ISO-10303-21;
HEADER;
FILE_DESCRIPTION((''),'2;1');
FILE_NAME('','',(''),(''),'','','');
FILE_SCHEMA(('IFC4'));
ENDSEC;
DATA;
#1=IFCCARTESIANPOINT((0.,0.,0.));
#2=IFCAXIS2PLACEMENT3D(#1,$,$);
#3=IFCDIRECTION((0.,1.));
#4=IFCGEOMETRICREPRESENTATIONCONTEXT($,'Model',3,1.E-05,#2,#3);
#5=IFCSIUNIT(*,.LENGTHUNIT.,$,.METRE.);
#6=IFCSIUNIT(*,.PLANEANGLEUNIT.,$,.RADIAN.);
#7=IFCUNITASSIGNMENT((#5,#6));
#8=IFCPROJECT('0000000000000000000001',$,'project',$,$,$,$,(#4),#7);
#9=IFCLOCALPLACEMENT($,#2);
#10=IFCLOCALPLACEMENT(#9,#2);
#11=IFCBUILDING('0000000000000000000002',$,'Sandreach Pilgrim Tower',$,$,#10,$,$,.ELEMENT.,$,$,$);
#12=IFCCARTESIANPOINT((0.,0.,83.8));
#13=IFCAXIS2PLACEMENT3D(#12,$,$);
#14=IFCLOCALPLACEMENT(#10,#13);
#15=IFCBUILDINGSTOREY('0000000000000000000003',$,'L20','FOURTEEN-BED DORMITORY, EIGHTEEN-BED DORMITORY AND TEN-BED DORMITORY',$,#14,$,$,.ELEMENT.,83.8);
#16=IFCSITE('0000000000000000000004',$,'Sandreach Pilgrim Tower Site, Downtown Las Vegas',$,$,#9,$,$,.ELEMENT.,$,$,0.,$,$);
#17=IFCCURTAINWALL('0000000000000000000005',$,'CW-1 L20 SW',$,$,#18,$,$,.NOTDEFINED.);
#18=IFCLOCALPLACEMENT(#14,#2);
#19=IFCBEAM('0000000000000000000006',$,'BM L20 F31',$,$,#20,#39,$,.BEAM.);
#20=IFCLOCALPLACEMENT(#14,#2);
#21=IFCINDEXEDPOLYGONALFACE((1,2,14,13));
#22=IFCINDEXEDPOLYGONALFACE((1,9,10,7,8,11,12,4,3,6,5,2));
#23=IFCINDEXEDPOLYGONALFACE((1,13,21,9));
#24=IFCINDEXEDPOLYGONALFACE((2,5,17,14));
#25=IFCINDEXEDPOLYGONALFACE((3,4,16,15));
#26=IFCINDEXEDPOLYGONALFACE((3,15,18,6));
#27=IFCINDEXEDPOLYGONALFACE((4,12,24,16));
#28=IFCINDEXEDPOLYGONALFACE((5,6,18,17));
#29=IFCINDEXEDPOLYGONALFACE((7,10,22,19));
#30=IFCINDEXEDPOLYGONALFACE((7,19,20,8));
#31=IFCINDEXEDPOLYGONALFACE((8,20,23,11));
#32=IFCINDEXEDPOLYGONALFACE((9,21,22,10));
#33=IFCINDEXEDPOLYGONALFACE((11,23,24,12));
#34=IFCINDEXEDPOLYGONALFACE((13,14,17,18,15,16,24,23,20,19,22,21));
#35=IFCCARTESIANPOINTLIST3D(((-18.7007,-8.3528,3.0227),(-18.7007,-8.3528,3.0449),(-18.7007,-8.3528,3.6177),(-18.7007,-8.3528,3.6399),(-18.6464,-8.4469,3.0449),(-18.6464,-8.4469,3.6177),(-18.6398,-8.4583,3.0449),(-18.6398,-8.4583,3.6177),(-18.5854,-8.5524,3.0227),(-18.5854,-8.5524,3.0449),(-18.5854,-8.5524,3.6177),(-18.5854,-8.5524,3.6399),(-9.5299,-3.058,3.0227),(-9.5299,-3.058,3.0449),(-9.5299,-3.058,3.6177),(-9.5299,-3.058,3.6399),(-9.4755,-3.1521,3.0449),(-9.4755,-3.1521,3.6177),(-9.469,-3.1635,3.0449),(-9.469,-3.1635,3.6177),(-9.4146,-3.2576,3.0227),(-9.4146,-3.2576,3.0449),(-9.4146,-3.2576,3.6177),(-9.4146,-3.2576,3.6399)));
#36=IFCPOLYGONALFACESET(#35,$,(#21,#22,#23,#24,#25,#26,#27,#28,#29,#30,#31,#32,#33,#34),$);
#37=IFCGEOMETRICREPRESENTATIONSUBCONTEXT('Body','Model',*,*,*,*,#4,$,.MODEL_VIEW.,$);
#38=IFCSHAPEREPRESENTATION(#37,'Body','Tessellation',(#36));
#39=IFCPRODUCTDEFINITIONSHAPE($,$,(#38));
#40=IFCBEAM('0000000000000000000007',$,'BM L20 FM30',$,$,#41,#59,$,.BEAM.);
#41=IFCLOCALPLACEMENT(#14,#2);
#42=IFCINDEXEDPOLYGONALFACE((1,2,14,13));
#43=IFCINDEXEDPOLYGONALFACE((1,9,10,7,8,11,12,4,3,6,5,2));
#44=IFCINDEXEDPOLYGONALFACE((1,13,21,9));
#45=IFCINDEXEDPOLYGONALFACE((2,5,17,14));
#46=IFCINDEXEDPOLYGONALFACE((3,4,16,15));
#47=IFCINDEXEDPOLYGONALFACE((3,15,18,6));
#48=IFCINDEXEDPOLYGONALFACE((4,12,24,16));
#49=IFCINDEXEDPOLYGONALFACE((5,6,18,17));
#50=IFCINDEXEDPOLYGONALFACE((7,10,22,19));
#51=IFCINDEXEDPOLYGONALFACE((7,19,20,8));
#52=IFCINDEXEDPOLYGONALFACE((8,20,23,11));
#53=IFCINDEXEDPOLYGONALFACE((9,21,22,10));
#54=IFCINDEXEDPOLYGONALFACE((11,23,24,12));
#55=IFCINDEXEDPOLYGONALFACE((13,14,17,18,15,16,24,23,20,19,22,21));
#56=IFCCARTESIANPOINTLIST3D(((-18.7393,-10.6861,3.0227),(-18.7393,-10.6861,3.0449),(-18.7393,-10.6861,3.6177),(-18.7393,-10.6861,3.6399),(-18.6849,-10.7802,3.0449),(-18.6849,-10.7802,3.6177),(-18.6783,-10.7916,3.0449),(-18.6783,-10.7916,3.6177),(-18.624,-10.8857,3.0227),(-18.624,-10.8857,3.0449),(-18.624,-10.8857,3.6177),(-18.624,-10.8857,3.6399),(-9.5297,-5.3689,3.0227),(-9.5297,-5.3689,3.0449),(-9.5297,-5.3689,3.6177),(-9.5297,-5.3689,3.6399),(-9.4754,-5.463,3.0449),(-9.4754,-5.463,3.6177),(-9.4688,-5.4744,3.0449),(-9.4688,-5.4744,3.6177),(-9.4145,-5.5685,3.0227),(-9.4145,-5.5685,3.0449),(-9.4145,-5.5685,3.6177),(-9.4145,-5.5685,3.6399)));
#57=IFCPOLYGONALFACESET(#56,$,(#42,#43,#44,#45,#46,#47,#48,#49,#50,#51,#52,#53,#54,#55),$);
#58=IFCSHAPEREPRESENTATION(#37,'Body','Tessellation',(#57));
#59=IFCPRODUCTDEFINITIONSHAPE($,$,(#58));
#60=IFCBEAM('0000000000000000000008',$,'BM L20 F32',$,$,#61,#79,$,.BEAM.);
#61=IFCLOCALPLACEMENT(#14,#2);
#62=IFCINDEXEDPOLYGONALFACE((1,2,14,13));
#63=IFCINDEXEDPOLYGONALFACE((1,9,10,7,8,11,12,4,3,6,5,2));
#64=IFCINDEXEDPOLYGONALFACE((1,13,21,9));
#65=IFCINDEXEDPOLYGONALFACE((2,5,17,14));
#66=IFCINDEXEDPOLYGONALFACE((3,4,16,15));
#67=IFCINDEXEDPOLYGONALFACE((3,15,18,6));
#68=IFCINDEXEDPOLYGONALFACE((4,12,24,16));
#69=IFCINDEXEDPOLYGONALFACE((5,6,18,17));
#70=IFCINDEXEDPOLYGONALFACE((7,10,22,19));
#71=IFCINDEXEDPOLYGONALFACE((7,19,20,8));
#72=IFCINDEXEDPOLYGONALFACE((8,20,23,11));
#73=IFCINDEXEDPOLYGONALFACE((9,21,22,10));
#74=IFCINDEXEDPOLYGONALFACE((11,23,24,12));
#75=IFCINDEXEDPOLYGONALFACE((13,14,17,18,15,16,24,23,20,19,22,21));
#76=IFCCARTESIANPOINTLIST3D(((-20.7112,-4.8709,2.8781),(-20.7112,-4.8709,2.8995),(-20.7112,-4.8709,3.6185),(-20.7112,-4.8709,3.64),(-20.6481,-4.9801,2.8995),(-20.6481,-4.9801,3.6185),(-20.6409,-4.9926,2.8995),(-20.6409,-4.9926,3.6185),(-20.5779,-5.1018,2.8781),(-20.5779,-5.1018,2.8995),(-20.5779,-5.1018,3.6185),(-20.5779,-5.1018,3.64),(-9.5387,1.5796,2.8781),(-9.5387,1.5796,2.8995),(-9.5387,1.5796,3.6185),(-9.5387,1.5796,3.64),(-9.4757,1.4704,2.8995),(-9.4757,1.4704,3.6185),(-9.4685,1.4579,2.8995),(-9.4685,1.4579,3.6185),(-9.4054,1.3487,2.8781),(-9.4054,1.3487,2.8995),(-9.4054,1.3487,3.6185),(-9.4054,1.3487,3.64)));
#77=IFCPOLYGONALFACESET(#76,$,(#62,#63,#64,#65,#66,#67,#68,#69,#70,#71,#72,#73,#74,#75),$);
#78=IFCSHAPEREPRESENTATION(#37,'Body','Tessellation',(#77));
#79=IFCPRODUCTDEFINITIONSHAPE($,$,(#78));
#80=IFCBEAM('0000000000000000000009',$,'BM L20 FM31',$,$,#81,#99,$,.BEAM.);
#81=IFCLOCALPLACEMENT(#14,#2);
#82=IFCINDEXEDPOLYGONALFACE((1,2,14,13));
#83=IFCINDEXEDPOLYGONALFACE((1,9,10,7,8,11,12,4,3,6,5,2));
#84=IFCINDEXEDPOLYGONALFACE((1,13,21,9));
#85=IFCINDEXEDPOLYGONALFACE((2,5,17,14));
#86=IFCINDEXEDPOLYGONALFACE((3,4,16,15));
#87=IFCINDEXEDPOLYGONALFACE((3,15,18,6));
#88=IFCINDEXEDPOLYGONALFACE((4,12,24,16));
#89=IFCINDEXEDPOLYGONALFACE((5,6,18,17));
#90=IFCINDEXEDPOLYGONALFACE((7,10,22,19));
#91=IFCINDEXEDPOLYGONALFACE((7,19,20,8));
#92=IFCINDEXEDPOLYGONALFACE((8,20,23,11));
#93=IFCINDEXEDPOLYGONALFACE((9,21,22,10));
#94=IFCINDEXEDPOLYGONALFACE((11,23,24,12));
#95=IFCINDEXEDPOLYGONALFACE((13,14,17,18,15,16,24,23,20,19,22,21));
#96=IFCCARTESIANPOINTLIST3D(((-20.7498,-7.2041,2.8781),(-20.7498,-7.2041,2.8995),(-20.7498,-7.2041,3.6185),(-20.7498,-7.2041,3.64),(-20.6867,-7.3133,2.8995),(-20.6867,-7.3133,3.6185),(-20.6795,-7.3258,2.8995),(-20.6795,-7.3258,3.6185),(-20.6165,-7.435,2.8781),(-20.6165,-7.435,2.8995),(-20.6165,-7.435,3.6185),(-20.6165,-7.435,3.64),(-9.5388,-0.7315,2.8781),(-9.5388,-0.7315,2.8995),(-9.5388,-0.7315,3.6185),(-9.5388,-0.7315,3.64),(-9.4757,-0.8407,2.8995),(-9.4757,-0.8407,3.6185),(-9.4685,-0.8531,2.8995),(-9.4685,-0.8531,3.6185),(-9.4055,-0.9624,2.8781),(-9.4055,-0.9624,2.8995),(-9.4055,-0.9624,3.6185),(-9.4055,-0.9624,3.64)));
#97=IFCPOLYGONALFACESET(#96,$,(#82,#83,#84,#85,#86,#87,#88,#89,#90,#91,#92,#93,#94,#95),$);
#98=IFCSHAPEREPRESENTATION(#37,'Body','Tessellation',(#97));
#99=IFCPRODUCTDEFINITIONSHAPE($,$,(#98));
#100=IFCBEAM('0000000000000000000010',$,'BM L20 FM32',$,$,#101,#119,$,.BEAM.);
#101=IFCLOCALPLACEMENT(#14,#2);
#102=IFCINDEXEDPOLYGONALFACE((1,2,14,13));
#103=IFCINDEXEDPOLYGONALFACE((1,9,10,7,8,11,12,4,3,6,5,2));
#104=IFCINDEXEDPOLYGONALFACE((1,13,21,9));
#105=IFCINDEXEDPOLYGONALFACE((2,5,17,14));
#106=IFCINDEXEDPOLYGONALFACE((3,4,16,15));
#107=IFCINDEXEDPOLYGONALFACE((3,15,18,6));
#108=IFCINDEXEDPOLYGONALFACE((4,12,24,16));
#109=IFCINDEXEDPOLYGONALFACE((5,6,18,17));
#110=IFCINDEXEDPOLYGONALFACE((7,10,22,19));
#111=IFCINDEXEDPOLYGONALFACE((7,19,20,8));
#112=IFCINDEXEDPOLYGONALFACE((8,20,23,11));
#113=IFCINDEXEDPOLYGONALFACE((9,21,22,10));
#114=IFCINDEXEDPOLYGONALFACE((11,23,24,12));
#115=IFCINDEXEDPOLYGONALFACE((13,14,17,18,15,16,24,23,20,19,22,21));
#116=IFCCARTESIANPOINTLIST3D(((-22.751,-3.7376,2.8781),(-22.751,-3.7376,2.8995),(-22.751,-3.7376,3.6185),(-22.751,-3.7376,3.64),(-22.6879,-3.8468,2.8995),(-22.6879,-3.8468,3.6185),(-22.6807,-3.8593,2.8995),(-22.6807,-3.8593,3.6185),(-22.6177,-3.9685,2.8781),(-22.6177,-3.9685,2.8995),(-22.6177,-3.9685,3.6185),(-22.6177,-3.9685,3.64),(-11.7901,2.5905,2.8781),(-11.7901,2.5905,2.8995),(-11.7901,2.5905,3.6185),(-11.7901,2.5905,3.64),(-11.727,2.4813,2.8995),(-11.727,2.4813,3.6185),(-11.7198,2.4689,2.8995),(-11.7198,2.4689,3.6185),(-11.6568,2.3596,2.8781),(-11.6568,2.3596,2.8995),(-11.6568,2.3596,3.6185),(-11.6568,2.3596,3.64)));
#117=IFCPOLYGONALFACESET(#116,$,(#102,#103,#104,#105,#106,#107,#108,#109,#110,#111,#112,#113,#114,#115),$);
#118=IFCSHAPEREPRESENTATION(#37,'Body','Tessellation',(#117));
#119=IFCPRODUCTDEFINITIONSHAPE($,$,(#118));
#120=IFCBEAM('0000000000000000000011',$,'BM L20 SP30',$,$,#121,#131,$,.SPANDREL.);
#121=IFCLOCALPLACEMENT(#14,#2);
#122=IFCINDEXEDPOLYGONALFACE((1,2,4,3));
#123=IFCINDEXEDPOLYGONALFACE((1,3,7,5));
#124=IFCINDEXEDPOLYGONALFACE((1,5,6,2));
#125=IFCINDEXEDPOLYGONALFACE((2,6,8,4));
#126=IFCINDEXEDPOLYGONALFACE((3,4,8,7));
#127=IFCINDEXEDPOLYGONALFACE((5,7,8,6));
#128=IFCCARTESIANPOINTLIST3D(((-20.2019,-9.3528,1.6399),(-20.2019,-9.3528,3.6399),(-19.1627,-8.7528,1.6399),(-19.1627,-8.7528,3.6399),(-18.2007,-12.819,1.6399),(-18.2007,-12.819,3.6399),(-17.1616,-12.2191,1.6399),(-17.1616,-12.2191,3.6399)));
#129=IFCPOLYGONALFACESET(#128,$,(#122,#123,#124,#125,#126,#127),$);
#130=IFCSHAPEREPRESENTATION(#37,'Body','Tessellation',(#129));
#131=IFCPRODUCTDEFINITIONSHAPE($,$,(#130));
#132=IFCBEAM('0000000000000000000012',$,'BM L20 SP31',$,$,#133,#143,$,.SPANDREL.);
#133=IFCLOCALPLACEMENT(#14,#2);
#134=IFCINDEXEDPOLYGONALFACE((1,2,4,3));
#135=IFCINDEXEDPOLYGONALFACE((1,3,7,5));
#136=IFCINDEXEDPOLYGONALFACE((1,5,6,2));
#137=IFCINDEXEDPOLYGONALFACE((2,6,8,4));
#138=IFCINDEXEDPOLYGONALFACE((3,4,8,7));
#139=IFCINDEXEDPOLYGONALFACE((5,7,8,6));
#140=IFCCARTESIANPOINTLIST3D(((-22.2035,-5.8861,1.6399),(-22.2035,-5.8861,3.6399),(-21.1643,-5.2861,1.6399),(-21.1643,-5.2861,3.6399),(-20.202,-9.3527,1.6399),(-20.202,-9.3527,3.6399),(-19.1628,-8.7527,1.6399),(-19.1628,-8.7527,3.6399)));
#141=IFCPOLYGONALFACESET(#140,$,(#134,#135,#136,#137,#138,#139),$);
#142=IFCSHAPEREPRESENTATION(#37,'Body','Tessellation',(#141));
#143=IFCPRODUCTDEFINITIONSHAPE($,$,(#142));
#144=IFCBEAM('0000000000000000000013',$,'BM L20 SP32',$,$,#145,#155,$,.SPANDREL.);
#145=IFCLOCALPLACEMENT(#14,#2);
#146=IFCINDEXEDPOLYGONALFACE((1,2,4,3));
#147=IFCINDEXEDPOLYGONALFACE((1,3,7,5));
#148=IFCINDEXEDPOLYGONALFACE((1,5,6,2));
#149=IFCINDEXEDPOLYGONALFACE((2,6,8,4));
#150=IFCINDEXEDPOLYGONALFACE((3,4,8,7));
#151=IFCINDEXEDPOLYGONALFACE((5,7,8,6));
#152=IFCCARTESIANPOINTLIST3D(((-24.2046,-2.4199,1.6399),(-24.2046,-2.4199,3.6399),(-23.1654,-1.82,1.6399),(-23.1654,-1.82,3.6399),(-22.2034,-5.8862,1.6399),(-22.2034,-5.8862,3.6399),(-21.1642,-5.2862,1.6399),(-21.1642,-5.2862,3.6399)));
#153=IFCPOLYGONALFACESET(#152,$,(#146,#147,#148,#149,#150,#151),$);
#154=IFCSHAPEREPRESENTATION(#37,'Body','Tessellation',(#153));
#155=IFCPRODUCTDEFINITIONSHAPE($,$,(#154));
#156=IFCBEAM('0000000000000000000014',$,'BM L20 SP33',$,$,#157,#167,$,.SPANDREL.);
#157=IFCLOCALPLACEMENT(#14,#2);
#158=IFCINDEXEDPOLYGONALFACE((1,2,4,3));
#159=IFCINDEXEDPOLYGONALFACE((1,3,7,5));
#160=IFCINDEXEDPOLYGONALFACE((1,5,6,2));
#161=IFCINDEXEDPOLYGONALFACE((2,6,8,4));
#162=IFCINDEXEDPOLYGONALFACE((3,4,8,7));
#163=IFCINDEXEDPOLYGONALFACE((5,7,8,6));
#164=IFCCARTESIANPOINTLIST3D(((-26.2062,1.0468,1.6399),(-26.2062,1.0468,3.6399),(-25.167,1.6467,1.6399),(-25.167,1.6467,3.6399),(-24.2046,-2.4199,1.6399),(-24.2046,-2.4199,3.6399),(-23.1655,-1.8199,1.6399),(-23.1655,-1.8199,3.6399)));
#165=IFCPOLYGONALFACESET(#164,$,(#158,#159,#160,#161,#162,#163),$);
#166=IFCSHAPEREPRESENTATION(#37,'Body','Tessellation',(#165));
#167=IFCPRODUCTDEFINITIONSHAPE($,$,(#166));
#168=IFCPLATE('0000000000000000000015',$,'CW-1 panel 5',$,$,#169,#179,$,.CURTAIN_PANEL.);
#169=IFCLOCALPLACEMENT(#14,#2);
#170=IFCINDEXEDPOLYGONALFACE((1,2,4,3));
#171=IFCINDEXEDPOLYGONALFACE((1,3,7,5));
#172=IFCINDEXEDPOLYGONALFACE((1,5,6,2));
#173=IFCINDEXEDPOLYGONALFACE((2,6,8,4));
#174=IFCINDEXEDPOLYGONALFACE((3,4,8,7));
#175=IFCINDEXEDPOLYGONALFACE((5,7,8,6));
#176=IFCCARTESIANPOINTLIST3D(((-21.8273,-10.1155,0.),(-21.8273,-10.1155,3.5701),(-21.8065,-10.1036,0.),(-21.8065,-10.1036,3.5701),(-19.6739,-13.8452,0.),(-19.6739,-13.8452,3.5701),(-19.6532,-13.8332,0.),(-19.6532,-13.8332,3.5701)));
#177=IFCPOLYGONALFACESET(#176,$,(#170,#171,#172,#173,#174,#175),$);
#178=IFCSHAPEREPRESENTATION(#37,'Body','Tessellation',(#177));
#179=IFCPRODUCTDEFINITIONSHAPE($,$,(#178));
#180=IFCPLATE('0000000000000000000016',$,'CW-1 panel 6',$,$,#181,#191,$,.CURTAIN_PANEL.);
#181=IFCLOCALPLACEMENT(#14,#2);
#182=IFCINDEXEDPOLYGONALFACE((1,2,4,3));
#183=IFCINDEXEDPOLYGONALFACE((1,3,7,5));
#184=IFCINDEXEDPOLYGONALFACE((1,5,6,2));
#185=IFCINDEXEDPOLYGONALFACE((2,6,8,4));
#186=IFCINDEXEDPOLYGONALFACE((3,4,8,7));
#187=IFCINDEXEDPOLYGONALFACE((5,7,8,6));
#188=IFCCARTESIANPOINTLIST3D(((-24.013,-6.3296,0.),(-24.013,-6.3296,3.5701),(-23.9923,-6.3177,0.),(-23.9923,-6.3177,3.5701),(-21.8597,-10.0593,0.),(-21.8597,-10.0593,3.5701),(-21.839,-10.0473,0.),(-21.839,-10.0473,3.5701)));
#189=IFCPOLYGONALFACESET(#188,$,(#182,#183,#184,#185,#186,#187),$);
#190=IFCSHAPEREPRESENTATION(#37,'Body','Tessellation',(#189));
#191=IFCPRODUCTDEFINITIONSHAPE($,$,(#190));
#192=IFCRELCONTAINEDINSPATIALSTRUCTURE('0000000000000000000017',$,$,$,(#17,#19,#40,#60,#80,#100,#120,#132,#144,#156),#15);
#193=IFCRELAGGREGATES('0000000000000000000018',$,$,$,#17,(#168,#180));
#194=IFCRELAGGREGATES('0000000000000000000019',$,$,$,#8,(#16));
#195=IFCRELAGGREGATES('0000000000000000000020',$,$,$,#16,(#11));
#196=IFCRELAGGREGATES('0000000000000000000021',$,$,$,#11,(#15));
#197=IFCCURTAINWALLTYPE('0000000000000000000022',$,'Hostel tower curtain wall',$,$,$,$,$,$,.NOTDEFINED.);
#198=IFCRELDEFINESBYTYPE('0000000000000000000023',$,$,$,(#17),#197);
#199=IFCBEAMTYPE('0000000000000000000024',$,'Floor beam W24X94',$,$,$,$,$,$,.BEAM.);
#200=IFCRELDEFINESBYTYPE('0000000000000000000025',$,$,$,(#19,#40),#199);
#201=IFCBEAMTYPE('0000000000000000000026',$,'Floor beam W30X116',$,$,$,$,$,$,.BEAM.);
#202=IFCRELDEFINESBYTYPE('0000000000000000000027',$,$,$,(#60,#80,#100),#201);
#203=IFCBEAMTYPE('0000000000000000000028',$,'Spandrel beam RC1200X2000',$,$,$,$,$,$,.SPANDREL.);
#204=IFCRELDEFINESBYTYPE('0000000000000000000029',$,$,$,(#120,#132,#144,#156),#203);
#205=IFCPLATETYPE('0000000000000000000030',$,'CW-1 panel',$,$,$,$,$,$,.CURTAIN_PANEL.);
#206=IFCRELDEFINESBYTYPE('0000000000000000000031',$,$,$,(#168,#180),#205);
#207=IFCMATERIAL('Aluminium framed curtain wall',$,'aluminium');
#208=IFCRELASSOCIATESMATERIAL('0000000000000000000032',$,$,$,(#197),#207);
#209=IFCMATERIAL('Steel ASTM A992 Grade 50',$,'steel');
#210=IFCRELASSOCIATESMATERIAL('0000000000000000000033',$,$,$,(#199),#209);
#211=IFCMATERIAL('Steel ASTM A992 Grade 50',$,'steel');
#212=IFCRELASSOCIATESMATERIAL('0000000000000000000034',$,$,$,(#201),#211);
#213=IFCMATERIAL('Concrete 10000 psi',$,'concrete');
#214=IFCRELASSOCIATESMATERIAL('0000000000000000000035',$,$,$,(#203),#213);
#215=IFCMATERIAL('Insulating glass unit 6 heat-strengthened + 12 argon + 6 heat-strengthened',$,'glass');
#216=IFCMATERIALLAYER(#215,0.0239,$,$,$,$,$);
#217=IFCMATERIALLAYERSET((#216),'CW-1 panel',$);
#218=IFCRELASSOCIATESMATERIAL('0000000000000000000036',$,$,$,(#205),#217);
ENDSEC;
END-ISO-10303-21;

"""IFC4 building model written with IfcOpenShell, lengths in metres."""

from ifc_helpers import new_model, si_unit, direction, frame, origin, origin_2d, place, context, subcontext, project, spatial, rectangle, i_section, extrude, material, layer, layer_set, material_profile, profile_set, type_object, element, aggregate, save


model = new_model("IFC4")

# Units and contexts
model_context = context("Model", 3, precision=1e-05, world=origin(), true_north=direction((0.0, 1.0)))
body_context = subcontext(model_context, "Body", "Model", "MODEL_VIEW")
ifc_project = project(units=[si_unit("LENGTHUNIT", "METRE"), si_unit("PLANEANGLEUNIT", "RADIAN")], contexts=[model_context])

# Site, building, storey
site_placement = place(None, origin())
site = spatial("IfcSite", under=ifc_project, at=site_placement, Name="Sandreach Pilgrim Tower Site, Downtown Las Vegas", CompositionType="ELEMENT", RefElevation=0.0)
building_placement = place(site_placement, origin())
building = spatial("IfcBuilding", under=site, at=building_placement, Name="Sandreach Pilgrim Tower", CompositionType="ELEMENT")
storey_placement = place(building_placement, frame((0.0, 0.0, 83.8)))
storey = spatial("IfcBuildingStorey", under=building, at=storey_placement, Name="L20", Description="FOURTEEN-BED DORMITORY, EIGHTEEN-BED DORMITORY AND TEN-BED DORMITORY", CompositionType="ELEMENT", Elevation=83.8)

# Curtain wall
ifc_material_1 = material(Name="Aluminium framed curtain wall", Category="aluminium")
curtain_wall_type = type_object("IfcCurtainWallType", Name="Hostel tower curtain wall", PredefinedType="NOTDEFINED", material=ifc_material_1)
curtain_wall_placement = place(storey_placement, origin())
curtain_wall = element("IfcCurtainWall", 1, at=curtain_wall_placement, inside=storey, type_object=curtain_wall_type, Name="CW-1 L20 SW", PredefinedType="NOTDEFINED")

# Beams
ifc_material_2 = material(Name="Steel ASTM A992 Grade 50", Category="steel")
ifc_material_profile_1 = material_profile(ifc_material_2, i_section(OverallWidth=0.2305, OverallDepth=0.6172, WebThickness=0.0132, FlangeThickness=0.0222, at=origin_2d()), Name="W24X94")
ifc_profile_set_1 = profile_set([ifc_material_profile_1], Name="Steel ASTM A992 Grade 50")
beam_type_1 = type_object("IfcBeamType", Name="Floor beam W24X94", PredefinedType="BEAM", material=ifc_profile_set_1)
beam_1_placement = place(storey_placement, frame((-18.6431, -8.4526, 3.3313), z_axis=(0.866021, 0.500007, 0.0), x_axis=(-0.500007, 0.866021, 0.0)))
element("IfcBeam", 2, at=beam_1_placement, inside=storey, type_object=beam_type_1, Name="BM L20 F31", PredefinedType="BEAM", context=body_context, shape_type="SweptSolid", body=[
    extrude(i_section(OverallWidth=0.2305, OverallDepth=0.6172, WebThickness=0.0132, FlangeThickness=0.0222, at=origin_2d()), origin(), (0.0, 0.0, 1.0), 10.5896),
])
beam_2_placement = place(storey_placement, frame((-18.6816, -10.7859, 3.3313), z_axis=(0.866023, 0.500003, 0.0), x_axis=(-0.500003, 0.866023, 0.0)))
element("IfcBeam", 3, at=beam_2_placement, inside=storey, type_object=beam_type_1, Name="BM L20 FM30", PredefinedType="BEAM", context=body_context, shape_type="SweptSolid", body=[
    extrude(i_section(OverallWidth=0.2305, OverallDepth=0.6172, WebThickness=0.0132, FlangeThickness=0.0222, at=origin_2d()), origin(), (0.0, 0.0, 1.0), 10.6343),
])
ifc_material_3 = material(Name="Steel ASTM A992 Grade 50", Category="steel")
ifc_material_profile_2 = material_profile(ifc_material_3, i_section(OverallWidth=0.2666, OverallDepth=0.762, WebThickness=0.0144, FlangeThickness=0.0215, at=origin_2d()), Name="W30X116")
ifc_profile_set_2 = profile_set([ifc_material_profile_2], Name="Steel ASTM A992 Grade 50")
beam_type_2 = type_object("IfcBeamType", Name="Floor beam W30X116", PredefinedType="BEAM", material=ifc_profile_set_2)
beam_3_placement = place(storey_placement, frame((-20.6445, -4.9863, 3.259), z_axis=(0.866023, 0.500004, 0.0), x_axis=(-0.500004, 0.866023, 0.0)))
element("IfcBeam", 4, at=beam_3_placement, inside=storey, type_object=beam_type_2, Name="BM L20 F32", PredefinedType="BEAM", context=body_context, shape_type="SweptSolid", body=[
    extrude(i_section(OverallWidth=0.2666, OverallDepth=0.762, WebThickness=0.0144, FlangeThickness=0.0215, at=origin_2d()), origin(), (0.0, 0.0, 1.0), 12.9009),
])
beam_4_placement = place(storey_placement, frame((-20.6831, -7.3196, 3.259), z_axis=(0.866025, 0.500001, 0.0), x_axis=(-0.500001, 0.866025, 0.0)))
element("IfcBeam", 5, at=beam_4_placement, inside=storey, type_object=beam_type_2, Name="BM L20 FM31", PredefinedType="BEAM", context=body_context, shape_type="SweptSolid", body=[
    extrude(i_section(OverallWidth=0.2666, OverallDepth=0.762, WebThickness=0.0144, FlangeThickness=0.0215, at=origin_2d()), origin(), (0.0, 0.0, 1.0), 12.9453),
])
beam_5_placement = place(storey_placement, frame((-22.6843, -3.853, 3.259), z_axis=(0.866031, 0.49999, 0.0), x_axis=(-0.49999, 0.866031, 0.0)))
element("IfcBeam", 6, at=beam_5_placement, inside=storey, type_object=beam_type_2, Name="BM L20 FM32", PredefinedType="BEAM", context=body_context, shape_type="SweptSolid", body=[
    extrude(i_section(OverallWidth=0.2666, OverallDepth=0.762, WebThickness=0.0144, FlangeThickness=0.0215, at=origin_2d()), origin(), (0.0, 0.0, 1.0), 12.6565),
])
ifc_material_4 = material(Name="Concrete 10000 psi", Category="concrete")
ifc_material_profile_3 = material_profile(ifc_material_4, rectangle(XDim=1.2, YDim=2.0, at=origin_2d()), Name="RC1200X2000")
ifc_profile_set_3 = profile_set([ifc_material_profile_3], Name="Concrete 10000 psi")
beam_type_3 = type_object("IfcBeamType", Name="Spandrel beam RC1200X2000", PredefinedType="SPANDREL", material=ifc_profile_set_3)
beam_6_placement = place(storey_placement, frame((-17.6812, -12.519, 2.6399), z_axis=(-0.49999, 0.866031, 0.0), x_axis=(-0.866031, -0.49999, 0.0)))
element("IfcBeam", 7, at=beam_6_placement, inside=storey, type_object=beam_type_3, Name="BM L20 SP30", PredefinedType="SPANDREL", context=body_context, shape_type="SweptSolid", body=[
    extrude(rectangle(XDim=1.2, YDim=2.0, at=origin_2d()), origin(), (0.0, 0.0, 1.0), 4.0024),
])
beam_7_placement = place(storey_placement, frame((-19.6824, -9.0527, 2.6399), z_axis=(-0.500009, 0.86602, 0.0), x_axis=(-0.86602, -0.500009, 0.0)))
element("IfcBeam", 8, at=beam_7_placement, inside=storey, type_object=beam_type_3, Name="BM L20 SP31", PredefinedType="SPANDREL", context=body_context, shape_type="SweptSolid", body=[
    extrude(rectangle(XDim=1.2, YDim=2.0, at=origin_2d()), origin(), (0.0, 0.0, 1.0), 4.0029),
])
beam_8_placement = place(storey_placement, frame((-21.6838, -5.5862, 2.6399), z_axis=(-0.49999, 0.866031, 0.0), x_axis=(-0.866031, -0.49999, 0.0)))
element("IfcBeam", 9, at=beam_8_placement, inside=storey, type_object=beam_type_3, Name="BM L20 SP32", PredefinedType="SPANDREL", context=body_context, shape_type="SweptSolid", body=[
    extrude(rectangle(XDim=1.2, YDim=2.0, at=origin_2d()), origin(), (0.0, 0.0, 1.0), 4.0024),
])
beam_9_placement = place(storey_placement, frame((-23.6851, -2.1199, 2.6399), z_axis=(-0.500009, 0.86602, 0.0), x_axis=(-0.86602, -0.500009, 0.0)))
element("IfcBeam", 10, at=beam_9_placement, inside=storey, type_object=beam_type_3, Name="BM L20 SP33", PredefinedType="SPANDREL", context=body_context, shape_type="SweptSolid", body=[
    extrude(rectangle(XDim=1.2, YDim=2.0, at=origin_2d()), origin(), (0.0, 0.0, 1.0), 4.0029),
])

# Plates
ifc_material_5 = material(Name="Insulating glass unit 6 heat-strengthened + 12 argon + 6 heat-strengthened", Category="glass")
ifc_layer_1 = layer(ifc_material_5, 0.0239)
ifc_layer_set_1 = layer_set([ifc_layer_1], Name="CW-1 panel")
plate_type = type_object("IfcPlateType", Name="CW-1 panel", PredefinedType="CURTAIN_PANEL", material=ifc_layer_set_1)
plate_1_placement = place(storey_placement, frame((-20.7402, -11.9744, 0.0), z_axis=(0.0, 0.0, 1.0), x_axis=(-0.5, 0.866025, 0.0)))
plate_1 = element("IfcPlate", 11, at=plate_1_placement, type_object=plate_type, Name="CW-1 panel 5", PredefinedType="CURTAIN_PANEL", context=body_context, shape_type="SweptSolid", body=[
    extrude(rectangle(XDim=4.3066, YDim=0.0239, at=origin_2d()), origin(), (0.0, 0.0, 1.0), 3.5701),
])
plate_2_placement = place(storey_placement, frame((-22.926, -8.1885, 0.0), z_axis=(0.0, 0.0, 1.0), x_axis=(-0.5, 0.866025, 0.0)))
plate_2 = element("IfcPlate", 12, at=plate_2_placement, type_object=plate_type, Name="CW-1 panel 6", PredefinedType="CURTAIN_PANEL", context=body_context, shape_type="SweptSolid", body=[
    extrude(rectangle(XDim=4.3066, YDim=0.0239, at=origin_2d()), origin(), (0.0, 0.0, 1.0), 3.5701),
])
aggregate(curtain_wall, [plate_1, plate_2])

save(model, "model.ifc")
